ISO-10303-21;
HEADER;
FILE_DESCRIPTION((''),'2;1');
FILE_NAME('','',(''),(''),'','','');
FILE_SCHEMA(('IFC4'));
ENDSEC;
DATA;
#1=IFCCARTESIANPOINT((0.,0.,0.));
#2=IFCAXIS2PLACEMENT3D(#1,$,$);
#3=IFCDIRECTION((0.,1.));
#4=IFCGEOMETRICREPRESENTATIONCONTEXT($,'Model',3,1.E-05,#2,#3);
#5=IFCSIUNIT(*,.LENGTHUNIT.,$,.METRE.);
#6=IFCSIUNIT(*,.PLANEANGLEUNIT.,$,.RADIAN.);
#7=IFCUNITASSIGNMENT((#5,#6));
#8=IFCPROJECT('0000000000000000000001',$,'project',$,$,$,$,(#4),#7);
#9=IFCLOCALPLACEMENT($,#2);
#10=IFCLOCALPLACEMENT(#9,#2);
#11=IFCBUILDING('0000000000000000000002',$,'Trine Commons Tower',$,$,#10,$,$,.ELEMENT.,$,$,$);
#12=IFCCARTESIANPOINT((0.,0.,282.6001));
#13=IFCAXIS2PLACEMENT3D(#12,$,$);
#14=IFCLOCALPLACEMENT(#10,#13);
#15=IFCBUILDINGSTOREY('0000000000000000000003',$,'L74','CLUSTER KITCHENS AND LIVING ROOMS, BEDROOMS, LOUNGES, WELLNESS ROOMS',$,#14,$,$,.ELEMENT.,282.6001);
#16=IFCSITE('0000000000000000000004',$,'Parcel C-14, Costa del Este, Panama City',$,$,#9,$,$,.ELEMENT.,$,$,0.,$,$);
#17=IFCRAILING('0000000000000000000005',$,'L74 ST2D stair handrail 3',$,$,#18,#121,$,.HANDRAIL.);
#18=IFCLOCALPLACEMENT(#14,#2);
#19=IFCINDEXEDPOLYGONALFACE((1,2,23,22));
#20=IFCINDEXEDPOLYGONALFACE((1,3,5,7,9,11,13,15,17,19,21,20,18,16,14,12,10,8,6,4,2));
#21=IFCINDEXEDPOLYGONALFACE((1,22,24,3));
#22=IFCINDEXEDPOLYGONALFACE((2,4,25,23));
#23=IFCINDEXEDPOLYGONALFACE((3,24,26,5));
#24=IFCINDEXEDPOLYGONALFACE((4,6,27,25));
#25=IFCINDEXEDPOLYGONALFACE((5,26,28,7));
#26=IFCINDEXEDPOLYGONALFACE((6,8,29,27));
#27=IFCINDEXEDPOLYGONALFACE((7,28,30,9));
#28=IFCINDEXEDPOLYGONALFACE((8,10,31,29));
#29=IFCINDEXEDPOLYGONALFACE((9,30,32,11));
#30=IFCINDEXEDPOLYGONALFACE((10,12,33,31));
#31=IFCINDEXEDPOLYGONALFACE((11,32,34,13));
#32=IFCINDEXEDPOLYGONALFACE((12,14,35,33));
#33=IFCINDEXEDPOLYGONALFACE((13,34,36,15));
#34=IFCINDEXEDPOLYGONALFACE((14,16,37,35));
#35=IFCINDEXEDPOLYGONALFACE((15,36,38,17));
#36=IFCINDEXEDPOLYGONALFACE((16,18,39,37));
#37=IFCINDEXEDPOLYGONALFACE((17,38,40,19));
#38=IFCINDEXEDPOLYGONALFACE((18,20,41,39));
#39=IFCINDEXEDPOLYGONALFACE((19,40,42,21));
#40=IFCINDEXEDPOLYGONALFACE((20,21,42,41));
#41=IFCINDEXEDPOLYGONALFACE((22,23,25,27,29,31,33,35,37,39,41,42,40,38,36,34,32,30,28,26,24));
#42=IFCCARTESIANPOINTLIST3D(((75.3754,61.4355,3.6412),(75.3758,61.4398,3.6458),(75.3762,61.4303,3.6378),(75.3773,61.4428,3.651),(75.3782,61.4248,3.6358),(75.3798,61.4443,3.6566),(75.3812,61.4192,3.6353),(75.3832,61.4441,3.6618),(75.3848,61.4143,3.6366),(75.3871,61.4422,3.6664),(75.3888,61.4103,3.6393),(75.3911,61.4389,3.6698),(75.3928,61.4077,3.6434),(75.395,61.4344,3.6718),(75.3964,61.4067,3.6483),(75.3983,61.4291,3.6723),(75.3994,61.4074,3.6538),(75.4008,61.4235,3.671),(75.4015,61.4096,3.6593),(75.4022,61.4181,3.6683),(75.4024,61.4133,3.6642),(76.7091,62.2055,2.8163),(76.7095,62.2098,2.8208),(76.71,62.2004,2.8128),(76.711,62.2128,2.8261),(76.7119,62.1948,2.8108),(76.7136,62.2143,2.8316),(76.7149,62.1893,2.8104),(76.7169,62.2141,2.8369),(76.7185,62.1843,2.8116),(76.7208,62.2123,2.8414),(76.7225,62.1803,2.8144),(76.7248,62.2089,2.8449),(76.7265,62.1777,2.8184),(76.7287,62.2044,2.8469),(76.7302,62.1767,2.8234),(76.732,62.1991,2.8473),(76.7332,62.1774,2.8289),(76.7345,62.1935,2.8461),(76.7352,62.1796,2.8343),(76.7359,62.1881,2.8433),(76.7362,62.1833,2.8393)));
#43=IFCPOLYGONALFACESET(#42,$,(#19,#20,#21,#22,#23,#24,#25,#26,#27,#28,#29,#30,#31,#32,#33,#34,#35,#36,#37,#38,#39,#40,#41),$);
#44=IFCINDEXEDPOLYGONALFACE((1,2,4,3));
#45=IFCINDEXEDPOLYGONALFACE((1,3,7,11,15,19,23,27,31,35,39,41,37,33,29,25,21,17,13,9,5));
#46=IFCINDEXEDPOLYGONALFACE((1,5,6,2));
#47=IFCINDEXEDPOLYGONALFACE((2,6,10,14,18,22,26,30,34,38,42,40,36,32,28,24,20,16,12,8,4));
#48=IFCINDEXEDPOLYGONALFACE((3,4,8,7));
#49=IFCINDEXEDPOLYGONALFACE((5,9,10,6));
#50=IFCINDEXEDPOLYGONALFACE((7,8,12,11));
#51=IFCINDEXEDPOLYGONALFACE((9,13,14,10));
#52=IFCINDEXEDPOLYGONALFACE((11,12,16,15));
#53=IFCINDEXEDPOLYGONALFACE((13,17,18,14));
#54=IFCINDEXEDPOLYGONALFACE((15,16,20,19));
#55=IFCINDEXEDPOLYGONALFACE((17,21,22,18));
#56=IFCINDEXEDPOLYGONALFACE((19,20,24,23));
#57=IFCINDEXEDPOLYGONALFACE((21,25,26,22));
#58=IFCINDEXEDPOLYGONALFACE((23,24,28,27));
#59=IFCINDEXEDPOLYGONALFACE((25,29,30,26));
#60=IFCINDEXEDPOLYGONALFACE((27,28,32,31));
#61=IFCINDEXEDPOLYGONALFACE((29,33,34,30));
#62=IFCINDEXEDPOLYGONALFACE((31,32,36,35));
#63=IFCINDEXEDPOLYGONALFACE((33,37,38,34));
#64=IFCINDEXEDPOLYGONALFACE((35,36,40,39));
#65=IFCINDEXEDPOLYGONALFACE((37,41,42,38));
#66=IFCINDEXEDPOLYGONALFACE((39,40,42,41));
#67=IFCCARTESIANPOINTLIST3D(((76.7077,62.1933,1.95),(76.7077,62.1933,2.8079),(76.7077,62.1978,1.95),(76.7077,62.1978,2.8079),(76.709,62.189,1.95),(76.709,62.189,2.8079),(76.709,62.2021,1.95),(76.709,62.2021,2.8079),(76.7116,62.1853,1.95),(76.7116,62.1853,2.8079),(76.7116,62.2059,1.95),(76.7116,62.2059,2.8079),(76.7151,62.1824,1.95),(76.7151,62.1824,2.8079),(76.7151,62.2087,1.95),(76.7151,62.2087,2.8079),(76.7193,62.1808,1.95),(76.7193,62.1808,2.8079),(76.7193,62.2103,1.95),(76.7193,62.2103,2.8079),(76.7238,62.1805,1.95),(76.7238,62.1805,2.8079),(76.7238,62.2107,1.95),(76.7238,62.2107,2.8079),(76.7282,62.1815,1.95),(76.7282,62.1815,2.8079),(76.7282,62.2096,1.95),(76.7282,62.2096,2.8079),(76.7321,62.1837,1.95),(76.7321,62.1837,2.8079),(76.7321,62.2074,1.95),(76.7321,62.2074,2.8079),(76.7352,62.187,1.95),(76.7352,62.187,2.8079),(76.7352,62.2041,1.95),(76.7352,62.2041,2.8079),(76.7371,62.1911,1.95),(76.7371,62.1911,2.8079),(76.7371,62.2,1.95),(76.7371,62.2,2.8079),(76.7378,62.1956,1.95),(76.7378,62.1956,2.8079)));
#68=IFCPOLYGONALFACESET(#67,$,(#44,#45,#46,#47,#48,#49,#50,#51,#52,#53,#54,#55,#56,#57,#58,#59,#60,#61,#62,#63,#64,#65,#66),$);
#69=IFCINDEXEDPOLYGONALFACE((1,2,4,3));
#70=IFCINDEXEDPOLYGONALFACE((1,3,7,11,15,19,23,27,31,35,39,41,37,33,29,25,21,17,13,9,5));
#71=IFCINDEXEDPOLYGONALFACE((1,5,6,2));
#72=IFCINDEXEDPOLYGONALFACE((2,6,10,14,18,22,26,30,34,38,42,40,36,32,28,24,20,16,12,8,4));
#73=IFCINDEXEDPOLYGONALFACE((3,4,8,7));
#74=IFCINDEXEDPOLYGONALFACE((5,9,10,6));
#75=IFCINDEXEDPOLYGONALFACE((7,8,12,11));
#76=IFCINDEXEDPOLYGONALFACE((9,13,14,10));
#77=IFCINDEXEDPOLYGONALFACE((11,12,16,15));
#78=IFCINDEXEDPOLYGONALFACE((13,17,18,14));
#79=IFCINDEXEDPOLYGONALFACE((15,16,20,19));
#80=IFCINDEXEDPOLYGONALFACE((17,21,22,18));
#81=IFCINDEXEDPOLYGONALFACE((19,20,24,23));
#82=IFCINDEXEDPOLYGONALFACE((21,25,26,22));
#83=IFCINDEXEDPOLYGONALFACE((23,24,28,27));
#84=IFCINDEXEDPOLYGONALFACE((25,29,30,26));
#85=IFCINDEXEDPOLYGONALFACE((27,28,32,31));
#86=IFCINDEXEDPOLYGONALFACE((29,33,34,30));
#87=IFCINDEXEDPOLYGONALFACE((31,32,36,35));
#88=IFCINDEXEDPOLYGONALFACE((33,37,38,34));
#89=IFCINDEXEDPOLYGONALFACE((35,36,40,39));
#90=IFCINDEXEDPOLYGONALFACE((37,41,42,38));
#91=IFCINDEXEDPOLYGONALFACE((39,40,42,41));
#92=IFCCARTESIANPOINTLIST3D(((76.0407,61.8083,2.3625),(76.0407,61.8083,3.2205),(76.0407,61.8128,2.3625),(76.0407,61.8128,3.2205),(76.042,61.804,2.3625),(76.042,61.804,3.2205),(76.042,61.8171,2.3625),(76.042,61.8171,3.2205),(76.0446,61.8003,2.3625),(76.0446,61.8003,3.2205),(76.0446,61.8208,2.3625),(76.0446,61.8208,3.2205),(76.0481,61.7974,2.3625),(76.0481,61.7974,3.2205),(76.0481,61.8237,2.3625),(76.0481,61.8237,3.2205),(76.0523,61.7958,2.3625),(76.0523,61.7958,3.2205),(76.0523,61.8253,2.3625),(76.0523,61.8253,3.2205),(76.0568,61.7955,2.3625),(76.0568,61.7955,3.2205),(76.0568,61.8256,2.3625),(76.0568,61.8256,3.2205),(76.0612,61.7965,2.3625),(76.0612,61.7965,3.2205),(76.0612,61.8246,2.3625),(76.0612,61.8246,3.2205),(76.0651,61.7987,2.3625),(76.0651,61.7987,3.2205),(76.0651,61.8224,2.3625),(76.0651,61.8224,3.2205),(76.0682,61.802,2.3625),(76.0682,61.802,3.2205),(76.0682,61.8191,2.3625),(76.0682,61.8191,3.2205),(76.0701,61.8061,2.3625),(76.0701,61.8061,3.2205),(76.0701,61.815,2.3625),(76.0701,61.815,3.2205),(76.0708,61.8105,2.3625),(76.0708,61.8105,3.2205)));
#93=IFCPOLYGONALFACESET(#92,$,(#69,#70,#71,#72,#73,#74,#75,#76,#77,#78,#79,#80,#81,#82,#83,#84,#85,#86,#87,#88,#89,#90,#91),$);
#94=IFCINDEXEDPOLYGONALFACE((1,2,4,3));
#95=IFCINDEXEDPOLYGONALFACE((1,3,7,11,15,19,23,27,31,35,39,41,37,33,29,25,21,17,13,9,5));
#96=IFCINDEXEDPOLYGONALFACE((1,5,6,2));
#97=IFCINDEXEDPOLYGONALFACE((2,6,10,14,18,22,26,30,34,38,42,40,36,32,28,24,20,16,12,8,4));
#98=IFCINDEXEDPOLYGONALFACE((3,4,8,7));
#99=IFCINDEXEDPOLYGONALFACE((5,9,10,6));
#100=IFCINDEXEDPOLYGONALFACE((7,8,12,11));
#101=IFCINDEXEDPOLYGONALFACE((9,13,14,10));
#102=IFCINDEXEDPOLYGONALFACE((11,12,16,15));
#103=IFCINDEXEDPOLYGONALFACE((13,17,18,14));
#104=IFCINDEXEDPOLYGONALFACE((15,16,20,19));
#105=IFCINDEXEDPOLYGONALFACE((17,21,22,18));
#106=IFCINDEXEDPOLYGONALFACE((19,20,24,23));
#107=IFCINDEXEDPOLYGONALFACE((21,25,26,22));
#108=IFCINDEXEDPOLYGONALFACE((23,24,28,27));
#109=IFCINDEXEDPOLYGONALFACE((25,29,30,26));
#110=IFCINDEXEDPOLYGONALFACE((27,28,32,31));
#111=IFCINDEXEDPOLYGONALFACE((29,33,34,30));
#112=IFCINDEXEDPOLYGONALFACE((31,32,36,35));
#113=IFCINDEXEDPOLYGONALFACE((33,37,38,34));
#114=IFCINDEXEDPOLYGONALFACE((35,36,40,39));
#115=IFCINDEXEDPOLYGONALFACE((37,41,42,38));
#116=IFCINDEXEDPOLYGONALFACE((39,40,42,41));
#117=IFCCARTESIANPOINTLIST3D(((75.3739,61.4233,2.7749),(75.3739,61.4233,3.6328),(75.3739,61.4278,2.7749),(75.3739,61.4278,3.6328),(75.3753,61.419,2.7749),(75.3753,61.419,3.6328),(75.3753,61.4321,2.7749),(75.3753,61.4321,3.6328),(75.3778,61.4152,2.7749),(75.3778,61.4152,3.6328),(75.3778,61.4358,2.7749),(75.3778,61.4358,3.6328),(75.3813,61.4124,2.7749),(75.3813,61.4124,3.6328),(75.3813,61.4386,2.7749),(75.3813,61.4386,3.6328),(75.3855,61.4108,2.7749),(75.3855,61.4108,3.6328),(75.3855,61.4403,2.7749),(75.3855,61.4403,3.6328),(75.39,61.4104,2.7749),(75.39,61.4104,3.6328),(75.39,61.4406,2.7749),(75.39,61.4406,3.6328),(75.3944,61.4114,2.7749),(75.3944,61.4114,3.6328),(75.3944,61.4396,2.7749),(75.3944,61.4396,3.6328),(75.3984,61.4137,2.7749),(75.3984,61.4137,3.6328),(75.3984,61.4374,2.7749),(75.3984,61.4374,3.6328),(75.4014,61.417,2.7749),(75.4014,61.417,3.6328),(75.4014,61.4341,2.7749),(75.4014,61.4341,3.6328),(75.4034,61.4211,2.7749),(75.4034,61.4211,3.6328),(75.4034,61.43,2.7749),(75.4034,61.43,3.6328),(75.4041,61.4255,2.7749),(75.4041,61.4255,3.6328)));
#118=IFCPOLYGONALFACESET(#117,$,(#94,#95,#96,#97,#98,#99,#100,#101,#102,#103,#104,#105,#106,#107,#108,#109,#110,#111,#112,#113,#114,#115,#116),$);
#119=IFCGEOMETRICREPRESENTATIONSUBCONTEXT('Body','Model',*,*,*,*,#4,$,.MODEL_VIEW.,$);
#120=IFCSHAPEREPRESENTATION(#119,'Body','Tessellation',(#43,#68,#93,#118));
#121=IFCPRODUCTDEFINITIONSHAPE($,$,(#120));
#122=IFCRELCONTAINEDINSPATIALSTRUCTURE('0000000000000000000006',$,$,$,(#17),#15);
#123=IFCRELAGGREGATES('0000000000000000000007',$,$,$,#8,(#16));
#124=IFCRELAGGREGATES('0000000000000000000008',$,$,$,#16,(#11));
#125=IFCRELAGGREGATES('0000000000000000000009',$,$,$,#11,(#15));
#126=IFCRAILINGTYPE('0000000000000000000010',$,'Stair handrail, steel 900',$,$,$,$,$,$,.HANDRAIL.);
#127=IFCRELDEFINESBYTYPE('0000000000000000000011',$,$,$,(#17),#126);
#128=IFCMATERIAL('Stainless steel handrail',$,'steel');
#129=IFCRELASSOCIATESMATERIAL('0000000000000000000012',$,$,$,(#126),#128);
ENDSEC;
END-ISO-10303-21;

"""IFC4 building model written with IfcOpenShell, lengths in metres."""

from ifc_helpers import new_model, si_unit, direction, frame, origin, origin_2d, place, context, subcontext, project, spatial, circle, extrude, material, type_object, element, save


model = new_model("IFC4")

# Units and contexts
model_context = context("Model", 3, precision=1e-05, world=origin(), true_north=direction((0.0, 1.0)))
body_context = subcontext(model_context, "Body", "Model", "MODEL_VIEW")
ifc_project = project(units=[si_unit("LENGTHUNIT", "METRE"), si_unit("PLANEANGLEUNIT", "RADIAN")], contexts=[model_context])

# Site, building, storey
site_placement = place(None, origin())
site = spatial("IfcSite", under=ifc_project, at=site_placement, Name="Parcel C-14, Costa del Este, Panama City", CompositionType="ELEMENT", RefElevation=0.0)
building_placement = place(site_placement, origin())
building = spatial("IfcBuilding", under=site, at=building_placement, Name="Trine Commons Tower", CompositionType="ELEMENT")
storey_placement = place(building_placement, frame((0.0, 0.0, 282.6001)))
storey = spatial("IfcBuildingStorey", under=building, at=storey_placement, Name="L74", Description="CLUSTER KITCHENS AND LIVING ROOMS, BEDROOMS, LOUNGES, WELLNESS ROOMS", CompositionType="ELEMENT", Elevation=282.6001)

# Railing
ifc_material_1 = material(Name="Stainless steel handrail", Category="steel")
railing_type_1 = type_object("IfcRailingType", Name="Stair handrail, steel 900", PredefinedType="HANDRAIL", material=ifc_material_1)
for number, where, name in (
    (1, (76.7227, 62.1956, 1.95), "L74 ST2D stair handrail 3"),
):
    element("IfcRailing", number, at=place(storey_placement, frame(where)), inside=storey, type_object=railing_type_1, Name=name, PredefinedType="HANDRAIL", context=body_context, shape_type="SweptSolid", body=[
        extrude(circle(Radius=0.021, at=origin_2d()), frame((0.0, 0.0, 0.8789), z_axis=(-0.763405, -0.440743, 0.472185), x_axis=(0.499992, -0.86603, 0.0)), (0.0, 0.0, 1.0), 1.7471),
        extrude(circle(Radius=0.0151, at=origin_2d()), origin(), (0.0, 0.0, 1.0), 0.8579),
        extrude(circle(Radius=0.0151, at=origin_2d()), frame((-0.667, -0.385, 0.4126)), (0.0, 0.0, 1.0), 0.8579),
        extrude(circle(Radius=0.0151, at=origin_2d()), frame((-1.3337, -0.77, 0.825)), (0.0, 0.0, 1.0), 0.8579),
    ])

save(model, "model.ifc")
